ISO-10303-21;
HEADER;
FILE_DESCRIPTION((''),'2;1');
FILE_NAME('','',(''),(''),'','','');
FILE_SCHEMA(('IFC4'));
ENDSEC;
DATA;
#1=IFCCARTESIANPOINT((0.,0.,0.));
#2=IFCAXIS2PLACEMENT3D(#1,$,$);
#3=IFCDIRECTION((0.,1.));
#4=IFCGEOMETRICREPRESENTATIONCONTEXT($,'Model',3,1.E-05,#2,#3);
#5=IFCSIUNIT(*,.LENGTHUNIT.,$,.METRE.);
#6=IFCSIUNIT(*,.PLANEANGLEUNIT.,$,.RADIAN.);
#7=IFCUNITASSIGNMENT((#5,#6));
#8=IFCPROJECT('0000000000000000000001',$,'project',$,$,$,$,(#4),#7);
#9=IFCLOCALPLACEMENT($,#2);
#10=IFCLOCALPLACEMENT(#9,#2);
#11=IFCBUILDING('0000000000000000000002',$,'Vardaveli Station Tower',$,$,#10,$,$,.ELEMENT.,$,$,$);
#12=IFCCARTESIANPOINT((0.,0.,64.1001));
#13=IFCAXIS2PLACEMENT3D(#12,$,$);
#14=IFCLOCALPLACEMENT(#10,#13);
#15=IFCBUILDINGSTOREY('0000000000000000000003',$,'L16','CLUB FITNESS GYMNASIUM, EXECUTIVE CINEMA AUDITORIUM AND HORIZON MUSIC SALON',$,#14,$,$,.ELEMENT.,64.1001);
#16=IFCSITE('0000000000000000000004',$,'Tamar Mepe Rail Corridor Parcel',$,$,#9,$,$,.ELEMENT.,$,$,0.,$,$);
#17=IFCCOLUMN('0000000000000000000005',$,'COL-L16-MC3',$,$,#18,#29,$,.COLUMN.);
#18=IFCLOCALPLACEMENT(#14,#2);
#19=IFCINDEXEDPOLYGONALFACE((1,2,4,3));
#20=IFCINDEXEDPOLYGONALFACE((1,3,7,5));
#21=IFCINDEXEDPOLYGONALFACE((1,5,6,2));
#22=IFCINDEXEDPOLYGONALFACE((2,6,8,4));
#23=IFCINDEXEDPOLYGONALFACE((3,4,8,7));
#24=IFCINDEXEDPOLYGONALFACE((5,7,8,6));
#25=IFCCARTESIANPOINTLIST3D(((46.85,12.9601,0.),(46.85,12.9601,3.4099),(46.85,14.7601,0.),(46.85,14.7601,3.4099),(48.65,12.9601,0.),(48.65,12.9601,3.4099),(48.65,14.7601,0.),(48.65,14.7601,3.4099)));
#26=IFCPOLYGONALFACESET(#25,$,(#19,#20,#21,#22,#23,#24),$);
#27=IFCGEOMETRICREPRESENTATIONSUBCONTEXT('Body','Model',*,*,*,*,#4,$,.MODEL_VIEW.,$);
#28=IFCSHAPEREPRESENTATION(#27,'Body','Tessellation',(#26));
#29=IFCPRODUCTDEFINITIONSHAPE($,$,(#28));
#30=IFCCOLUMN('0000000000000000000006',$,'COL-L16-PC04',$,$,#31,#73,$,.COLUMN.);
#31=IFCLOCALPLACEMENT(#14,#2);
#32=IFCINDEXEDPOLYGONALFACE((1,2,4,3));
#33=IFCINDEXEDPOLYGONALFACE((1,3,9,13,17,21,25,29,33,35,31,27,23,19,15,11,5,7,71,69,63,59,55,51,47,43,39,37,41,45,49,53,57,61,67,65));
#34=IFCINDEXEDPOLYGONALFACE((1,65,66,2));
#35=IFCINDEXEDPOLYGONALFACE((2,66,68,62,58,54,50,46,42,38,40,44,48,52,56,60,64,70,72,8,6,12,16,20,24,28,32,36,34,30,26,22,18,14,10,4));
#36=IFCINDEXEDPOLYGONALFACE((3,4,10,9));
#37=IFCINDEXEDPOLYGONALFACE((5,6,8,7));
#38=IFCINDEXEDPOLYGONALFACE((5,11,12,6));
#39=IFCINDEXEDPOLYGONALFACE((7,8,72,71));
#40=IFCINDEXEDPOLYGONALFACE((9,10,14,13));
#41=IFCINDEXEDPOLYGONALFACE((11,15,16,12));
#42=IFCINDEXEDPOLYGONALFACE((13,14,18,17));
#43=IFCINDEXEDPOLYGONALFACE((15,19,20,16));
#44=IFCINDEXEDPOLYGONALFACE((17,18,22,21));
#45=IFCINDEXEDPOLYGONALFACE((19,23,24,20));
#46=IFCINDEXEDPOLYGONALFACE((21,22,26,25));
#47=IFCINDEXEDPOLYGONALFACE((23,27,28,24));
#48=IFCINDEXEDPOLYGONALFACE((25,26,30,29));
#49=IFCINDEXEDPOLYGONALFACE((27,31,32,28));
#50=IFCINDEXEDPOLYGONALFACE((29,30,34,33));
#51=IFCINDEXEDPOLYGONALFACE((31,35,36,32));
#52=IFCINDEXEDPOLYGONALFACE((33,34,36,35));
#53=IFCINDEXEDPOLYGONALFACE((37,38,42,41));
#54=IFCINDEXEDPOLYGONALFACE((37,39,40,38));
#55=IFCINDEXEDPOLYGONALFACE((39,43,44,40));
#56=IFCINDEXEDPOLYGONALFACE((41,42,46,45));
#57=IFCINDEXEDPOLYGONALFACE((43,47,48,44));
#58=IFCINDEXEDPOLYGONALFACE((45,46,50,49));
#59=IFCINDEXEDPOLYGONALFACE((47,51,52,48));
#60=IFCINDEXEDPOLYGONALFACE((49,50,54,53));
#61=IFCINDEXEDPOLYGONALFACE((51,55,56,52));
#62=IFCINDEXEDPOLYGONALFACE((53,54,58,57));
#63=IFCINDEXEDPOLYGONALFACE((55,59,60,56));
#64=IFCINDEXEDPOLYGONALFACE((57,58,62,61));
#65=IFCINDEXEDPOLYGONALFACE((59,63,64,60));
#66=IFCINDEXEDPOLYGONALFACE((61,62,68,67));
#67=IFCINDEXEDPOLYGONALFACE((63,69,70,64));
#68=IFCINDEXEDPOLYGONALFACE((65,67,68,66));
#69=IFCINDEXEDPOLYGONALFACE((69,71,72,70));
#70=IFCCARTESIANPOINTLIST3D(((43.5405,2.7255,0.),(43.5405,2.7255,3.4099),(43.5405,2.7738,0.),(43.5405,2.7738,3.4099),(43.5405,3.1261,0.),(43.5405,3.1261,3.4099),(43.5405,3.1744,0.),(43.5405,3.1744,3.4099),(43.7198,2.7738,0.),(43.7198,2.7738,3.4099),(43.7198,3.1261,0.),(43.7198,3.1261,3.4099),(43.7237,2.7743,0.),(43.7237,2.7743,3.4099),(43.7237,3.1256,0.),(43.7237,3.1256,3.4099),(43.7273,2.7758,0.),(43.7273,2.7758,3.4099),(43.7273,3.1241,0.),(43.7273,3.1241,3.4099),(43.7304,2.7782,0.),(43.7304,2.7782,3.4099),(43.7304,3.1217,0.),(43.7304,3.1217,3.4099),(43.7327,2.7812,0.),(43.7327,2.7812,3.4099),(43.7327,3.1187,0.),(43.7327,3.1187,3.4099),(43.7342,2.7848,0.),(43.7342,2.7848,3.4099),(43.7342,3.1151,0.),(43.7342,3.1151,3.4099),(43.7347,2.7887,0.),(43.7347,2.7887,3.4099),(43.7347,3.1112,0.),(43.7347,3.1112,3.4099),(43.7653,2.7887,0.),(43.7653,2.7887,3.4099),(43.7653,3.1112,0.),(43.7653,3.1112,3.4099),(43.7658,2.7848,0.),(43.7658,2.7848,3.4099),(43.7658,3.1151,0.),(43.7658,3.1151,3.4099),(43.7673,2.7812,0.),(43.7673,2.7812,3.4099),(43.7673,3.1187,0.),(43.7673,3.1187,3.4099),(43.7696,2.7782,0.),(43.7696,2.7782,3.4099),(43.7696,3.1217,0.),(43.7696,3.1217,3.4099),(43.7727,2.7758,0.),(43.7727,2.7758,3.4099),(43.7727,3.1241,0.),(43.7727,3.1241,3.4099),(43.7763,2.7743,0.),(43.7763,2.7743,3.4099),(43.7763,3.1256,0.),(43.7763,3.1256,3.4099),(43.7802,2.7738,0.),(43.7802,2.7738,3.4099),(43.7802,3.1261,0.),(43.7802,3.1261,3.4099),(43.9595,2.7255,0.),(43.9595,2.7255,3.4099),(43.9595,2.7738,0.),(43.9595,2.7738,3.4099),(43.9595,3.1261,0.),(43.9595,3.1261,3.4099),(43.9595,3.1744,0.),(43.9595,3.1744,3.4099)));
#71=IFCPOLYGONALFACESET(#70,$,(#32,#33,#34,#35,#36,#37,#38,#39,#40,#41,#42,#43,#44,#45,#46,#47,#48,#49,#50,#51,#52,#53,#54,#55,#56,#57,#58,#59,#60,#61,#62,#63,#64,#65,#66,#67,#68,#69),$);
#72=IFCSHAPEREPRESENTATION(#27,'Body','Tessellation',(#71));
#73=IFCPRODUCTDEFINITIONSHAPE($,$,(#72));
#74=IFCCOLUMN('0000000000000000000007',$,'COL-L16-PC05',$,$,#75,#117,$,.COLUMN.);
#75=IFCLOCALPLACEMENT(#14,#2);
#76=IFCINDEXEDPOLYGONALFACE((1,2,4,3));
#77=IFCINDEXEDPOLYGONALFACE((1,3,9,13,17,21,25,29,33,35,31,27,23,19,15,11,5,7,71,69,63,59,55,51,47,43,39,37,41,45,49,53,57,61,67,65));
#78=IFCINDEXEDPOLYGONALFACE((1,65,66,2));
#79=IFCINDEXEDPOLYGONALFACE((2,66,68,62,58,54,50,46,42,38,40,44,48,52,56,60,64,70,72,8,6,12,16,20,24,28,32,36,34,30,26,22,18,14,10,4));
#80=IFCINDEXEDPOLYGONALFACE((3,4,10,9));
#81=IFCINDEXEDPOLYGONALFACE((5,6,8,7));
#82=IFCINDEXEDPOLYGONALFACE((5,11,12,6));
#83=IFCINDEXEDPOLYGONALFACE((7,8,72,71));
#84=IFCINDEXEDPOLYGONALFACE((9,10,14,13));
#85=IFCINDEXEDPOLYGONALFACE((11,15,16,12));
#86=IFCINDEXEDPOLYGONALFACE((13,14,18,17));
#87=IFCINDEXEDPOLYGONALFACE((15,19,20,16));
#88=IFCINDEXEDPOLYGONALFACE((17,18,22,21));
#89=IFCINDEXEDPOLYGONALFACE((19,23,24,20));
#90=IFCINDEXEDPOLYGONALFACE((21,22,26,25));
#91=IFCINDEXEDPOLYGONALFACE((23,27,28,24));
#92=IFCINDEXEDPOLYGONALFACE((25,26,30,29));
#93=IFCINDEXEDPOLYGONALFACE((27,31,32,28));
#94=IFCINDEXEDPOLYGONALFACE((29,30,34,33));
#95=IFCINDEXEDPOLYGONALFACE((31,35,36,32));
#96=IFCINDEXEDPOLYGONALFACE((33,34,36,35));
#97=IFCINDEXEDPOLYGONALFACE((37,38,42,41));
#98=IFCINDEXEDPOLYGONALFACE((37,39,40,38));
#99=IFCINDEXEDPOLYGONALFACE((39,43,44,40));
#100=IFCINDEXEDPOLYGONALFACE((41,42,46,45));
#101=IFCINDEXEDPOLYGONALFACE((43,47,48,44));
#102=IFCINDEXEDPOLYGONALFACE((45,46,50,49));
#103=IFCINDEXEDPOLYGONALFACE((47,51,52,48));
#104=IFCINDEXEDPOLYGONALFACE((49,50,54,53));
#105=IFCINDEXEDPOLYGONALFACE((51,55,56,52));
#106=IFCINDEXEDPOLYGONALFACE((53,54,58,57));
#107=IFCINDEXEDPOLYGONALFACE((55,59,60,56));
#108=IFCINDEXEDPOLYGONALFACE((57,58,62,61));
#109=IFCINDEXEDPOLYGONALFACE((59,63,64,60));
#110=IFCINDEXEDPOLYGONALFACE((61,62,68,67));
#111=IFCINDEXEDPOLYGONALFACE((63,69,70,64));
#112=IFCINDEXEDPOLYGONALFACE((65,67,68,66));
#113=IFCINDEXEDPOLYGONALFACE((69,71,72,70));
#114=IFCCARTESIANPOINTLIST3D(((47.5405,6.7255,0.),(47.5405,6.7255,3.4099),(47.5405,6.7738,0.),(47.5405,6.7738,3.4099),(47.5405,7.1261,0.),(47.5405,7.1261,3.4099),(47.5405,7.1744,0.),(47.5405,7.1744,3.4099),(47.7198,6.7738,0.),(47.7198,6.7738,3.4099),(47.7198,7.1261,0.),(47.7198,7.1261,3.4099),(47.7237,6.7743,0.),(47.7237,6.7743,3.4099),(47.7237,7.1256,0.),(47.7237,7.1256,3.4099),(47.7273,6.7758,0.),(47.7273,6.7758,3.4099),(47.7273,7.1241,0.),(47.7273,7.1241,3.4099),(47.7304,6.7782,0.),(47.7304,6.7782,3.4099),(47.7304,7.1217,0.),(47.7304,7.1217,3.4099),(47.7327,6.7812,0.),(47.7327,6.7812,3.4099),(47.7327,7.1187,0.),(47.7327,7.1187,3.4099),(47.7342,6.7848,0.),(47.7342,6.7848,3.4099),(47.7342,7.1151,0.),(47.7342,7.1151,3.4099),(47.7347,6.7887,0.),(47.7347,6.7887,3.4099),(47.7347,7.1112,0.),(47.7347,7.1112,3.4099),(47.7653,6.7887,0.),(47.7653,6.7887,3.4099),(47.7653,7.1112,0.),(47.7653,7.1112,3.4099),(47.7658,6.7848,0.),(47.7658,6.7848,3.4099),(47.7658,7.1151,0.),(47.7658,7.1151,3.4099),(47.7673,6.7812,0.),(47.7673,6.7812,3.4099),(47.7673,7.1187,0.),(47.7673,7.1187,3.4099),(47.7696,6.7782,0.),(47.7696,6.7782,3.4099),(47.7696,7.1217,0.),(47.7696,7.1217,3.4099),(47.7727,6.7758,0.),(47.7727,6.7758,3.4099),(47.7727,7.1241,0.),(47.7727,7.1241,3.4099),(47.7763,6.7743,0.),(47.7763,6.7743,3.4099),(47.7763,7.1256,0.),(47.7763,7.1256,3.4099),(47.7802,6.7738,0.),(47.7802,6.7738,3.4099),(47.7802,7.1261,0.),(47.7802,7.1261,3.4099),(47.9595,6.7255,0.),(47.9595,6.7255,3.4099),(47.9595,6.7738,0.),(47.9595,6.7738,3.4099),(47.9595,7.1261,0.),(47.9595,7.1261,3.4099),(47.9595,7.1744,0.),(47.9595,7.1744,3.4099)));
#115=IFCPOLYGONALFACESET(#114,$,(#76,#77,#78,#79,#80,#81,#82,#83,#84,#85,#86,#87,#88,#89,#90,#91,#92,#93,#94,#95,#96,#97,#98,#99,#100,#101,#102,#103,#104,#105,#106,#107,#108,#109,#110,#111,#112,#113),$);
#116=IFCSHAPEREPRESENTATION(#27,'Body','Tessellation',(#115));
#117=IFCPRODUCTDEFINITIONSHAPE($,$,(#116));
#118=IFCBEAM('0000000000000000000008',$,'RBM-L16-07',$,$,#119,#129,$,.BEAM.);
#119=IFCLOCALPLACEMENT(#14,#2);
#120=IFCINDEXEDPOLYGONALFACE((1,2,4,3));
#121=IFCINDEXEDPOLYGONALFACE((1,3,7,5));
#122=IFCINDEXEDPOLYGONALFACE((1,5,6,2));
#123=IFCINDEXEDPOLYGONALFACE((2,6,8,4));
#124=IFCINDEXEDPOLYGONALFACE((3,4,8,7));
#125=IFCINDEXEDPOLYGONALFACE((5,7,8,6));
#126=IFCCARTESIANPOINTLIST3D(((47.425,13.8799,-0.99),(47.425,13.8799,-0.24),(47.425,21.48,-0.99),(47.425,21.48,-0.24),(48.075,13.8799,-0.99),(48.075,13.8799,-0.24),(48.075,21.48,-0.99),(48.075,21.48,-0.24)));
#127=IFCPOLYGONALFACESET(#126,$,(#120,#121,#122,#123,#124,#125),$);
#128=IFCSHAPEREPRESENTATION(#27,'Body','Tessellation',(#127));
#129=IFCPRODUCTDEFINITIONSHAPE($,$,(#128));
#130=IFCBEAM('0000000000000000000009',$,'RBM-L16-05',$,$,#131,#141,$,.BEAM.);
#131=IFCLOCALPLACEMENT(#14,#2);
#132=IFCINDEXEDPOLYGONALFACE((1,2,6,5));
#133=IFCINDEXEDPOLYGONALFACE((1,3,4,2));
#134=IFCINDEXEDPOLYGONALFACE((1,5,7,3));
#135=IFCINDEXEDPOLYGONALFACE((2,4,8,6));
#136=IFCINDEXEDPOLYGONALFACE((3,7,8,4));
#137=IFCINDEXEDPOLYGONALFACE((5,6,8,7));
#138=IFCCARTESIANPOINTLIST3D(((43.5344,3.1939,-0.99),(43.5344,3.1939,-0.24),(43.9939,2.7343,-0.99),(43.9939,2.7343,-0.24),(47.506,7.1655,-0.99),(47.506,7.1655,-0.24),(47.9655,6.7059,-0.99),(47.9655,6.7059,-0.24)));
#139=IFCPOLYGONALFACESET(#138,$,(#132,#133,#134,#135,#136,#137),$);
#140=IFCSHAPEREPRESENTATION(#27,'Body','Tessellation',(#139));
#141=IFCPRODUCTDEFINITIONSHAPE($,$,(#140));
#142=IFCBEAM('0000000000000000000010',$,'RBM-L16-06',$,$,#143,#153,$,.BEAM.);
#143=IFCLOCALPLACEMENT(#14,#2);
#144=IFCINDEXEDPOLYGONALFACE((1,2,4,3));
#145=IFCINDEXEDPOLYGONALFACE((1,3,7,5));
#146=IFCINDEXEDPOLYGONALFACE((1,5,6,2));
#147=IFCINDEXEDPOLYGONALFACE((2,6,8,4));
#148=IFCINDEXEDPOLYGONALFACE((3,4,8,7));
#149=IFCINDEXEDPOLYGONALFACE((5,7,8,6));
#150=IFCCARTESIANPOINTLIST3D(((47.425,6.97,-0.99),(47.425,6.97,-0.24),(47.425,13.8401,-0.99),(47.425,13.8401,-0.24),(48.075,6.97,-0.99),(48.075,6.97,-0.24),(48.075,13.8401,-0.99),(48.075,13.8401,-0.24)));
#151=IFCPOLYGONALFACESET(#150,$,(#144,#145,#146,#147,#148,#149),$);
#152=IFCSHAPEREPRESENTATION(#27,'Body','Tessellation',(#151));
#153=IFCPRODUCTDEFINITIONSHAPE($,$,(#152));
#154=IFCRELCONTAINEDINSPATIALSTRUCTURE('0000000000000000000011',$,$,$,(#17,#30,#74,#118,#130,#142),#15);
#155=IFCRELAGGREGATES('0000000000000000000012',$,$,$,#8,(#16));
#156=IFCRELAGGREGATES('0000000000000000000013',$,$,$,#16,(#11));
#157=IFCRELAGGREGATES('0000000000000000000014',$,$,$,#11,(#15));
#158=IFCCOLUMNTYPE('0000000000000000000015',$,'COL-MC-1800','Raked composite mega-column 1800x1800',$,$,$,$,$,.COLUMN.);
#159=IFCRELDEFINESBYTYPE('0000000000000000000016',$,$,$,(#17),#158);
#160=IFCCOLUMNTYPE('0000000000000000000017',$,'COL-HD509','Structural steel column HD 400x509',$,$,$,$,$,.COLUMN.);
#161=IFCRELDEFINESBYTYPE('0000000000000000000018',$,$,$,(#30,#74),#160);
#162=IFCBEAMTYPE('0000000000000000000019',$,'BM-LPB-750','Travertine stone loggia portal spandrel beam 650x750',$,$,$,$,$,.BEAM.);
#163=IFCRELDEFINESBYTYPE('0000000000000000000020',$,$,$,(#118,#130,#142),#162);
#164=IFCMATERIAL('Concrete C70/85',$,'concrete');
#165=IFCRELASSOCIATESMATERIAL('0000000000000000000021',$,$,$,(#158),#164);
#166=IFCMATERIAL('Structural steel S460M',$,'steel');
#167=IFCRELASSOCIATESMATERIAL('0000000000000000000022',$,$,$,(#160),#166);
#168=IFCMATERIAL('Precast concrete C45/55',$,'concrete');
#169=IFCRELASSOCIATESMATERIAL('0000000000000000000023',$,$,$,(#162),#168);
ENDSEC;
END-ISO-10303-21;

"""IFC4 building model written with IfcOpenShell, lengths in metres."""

from ifc_helpers import new_model, si_unit, direction, frame, origin, origin_2d, place, context, subcontext, project, spatial, rectangle, i_section, extrude, source, transform, mapped, material, material_profile, profile_set, type_object, element, save


model = new_model("IFC4")

# Units and contexts
model_context = context("Model", 3, precision=1e-05, world=origin(), true_north=direction((0.0, 1.0)))
body_context = subcontext(model_context, "Body", "Model", "MODEL_VIEW")
ifc_project = project(units=[si_unit("LENGTHUNIT", "METRE"), si_unit("PLANEANGLEUNIT", "RADIAN")], contexts=[model_context])

# Site, building, storey
site_placement = place(None, origin())
site = spatial("IfcSite", under=ifc_project, at=site_placement, Name="Tamar Mepe Rail Corridor Parcel", CompositionType="ELEMENT", RefElevation=0.0)
building_placement = place(site_placement, origin())
building = spatial("IfcBuilding", under=site, at=building_placement, Name="Vardaveli Station Tower", CompositionType="ELEMENT")
storey_placement = place(building_placement, frame((0.0, 0.0, 64.1001)))
storey = spatial("IfcBuildingStorey", under=building, at=storey_placement, Name="L16", Description="CLUB FITNESS GYMNASIUM, EXECUTIVE CINEMA AUDITORIUM AND HORIZON MUSIC SALON", CompositionType="ELEMENT", Elevation=64.1001)

# Columns
ifc_material_1 = material(Name="Concrete C70/85", Category="concrete")
ifc_material_profile_1 = material_profile(ifc_material_1, rectangle(XDim=1.8, YDim=1.8, at=origin_2d()), Name="MC 1800x1800")
ifc_profile_set_1 = profile_set([ifc_material_profile_1], Name="Concrete C70/85")
column_type_1 = type_object("IfcColumnType", Name="COL-MC-1800", Description="Raked composite mega-column 1800x1800", PredefinedType="COLUMN", material=ifc_profile_set_1)
shared_shape_1 = source(origin(), body_context, "Body", "SweptSolid", [
    extrude(rectangle(XDim=1.8, YDim=1.8, at=origin_2d()), origin(), (0.0, 0.0, 1.0), 3.4099),
])
column_placement = place(storey_placement, frame((47.75, 13.8601, 0.0), z_axis=(0.0, 0.0, 1.0), x_axis=(1.0, 0.0, 0.0)))
element("IfcColumn", 1, at=column_placement, inside=storey, type_object=column_type_1, Name="COL-L16-MC3", PredefinedType="COLUMN", context=body_context, shape_type="MappedRepresentation", body=[
    mapped(shared_shape_1, transform((0.0, 0.0, 0.0), scale=1.0)),
])
ifc_material_2 = material(Name="Structural steel S460M", Category="steel")
ifc_material_profile_2 = material_profile(ifc_material_2, i_section(OverallWidth=0.4189, OverallDepth=0.449, WebThickness=0.0305, FlangeThickness=0.0483, FilletRadius=0.0149, at=origin_2d()), Name="HD 400x509")
ifc_profile_set_2 = profile_set([ifc_material_profile_2], Name="Structural steel S460M")
column_type_2 = type_object("IfcColumnType", Name="COL-HD509", Description="Structural steel column HD 400x509", PredefinedType="COLUMN", material=ifc_profile_set_2)
shared_shape_2 = source(origin(), body_context, "Body", "SweptSolid", [
    extrude(i_section(OverallWidth=0.4189, OverallDepth=0.449, WebThickness=0.0305, FlangeThickness=0.0483, FilletRadius=0.0149, at=origin_2d()), origin(), (0.0, 0.0, 1.0), 3.4099),
])
for number, where, z_axis, x_axis, name in (
    (2, (43.75, 2.95, 0.0), (0.0, 0.0, 1.0), (1.0, 0.0, 0.0), "COL-L16-PC04"),
    (3, (47.75, 6.95, 0.0), (0.0, 0.0, 1.0), (1.0, 0.0, 0.0), "COL-L16-PC05"),
):
    element("IfcColumn", number, at=place(storey_placement, frame(where, z_axis=z_axis, x_axis=x_axis)), inside=storey, type_object=column_type_2, Name=name, PredefinedType="COLUMN", context=body_context, shape_type="MappedRepresentation", body=[
        mapped(shared_shape_2, transform((0.0, 0.0, 0.0), scale=1.0)),
    ])

# Beams
ifc_material_3 = material(Name="Precast concrete C45/55", Category="concrete")
ifc_material_profile_3 = material_profile(ifc_material_3, rectangle(XDim=0.6499, YDim=0.75, at=origin_2d()), Name="LPB 650x750")
ifc_profile_set_3 = profile_set([ifc_material_profile_3], Name="Precast concrete C45/55")
beam_type_1 = type_object("IfcBeamType", Name="BM-LPB-750", Description="Travertine stone loggia portal spandrel beam 650x750", PredefinedType="BEAM", material=ifc_profile_set_3)
shared_shape_3 = source(origin(), body_context, "Body", "SweptSolid", [
    extrude(rectangle(XDim=0.6499, YDim=0.75, at=origin_2d()), origin(), (0.0, 0.0, 1.0), 7.6001),
])
beam_1_placement = place(storey_placement, frame((47.75, 13.8799, -0.615), z_axis=(0.0, 1.0, 0.0), x_axis=(-1.0, 0.0, 0.0)))
element("IfcBeam", 4, at=beam_1_placement, inside=storey, type_object=beam_type_1, Name="RBM-L16-07", PredefinedType="BEAM", context=body_context, shape_type="MappedRepresentation", body=[
    mapped(shared_shape_3, transform((0.0, 0.0, 0.0), scale=1.0)),
])
shared_shape_4 = source(origin(), body_context, "Body", "SweptSolid", [
    extrude(rectangle(XDim=0.6499, YDim=0.75, at=origin_2d()), origin(), (0.0, 0.0, 1.0), 5.6167),
])
beam_2_placement = place(storey_placement, frame((43.7642, 2.9641, -0.615), z_axis=(0.707107, 0.707107, 0.0), x_axis=(-0.707107, 0.707107, 0.0)))
element("IfcBeam", 5, at=beam_2_placement, inside=storey, type_object=beam_type_1, Name="RBM-L16-05", PredefinedType="BEAM", context=body_context, shape_type="MappedRepresentation", body=[
    mapped(shared_shape_4, transform((0.0, 0.0, 0.0), scale=1.0)),
])
shared_shape_5 = source(origin(), body_context, "Body", "SweptSolid", [
    extrude(rectangle(XDim=0.6499, YDim=0.75, at=origin_2d()), origin(), (0.0, 0.0, 1.0), 6.8701),
])
beam_3_placement = place(storey_placement, frame((47.75, 6.97, -0.615), z_axis=(0.0, 1.0, 0.0), x_axis=(-1.0, 0.0, 0.0)))
element("IfcBeam", 6, at=beam_3_placement, inside=storey, type_object=beam_type_1, Name="RBM-L16-06", PredefinedType="BEAM", context=body_context, shape_type="MappedRepresentation", body=[
    mapped(shared_shape_5, transform((0.0, 0.0, 0.0), scale=1.0)),
])

save(model, "model.ifc")
